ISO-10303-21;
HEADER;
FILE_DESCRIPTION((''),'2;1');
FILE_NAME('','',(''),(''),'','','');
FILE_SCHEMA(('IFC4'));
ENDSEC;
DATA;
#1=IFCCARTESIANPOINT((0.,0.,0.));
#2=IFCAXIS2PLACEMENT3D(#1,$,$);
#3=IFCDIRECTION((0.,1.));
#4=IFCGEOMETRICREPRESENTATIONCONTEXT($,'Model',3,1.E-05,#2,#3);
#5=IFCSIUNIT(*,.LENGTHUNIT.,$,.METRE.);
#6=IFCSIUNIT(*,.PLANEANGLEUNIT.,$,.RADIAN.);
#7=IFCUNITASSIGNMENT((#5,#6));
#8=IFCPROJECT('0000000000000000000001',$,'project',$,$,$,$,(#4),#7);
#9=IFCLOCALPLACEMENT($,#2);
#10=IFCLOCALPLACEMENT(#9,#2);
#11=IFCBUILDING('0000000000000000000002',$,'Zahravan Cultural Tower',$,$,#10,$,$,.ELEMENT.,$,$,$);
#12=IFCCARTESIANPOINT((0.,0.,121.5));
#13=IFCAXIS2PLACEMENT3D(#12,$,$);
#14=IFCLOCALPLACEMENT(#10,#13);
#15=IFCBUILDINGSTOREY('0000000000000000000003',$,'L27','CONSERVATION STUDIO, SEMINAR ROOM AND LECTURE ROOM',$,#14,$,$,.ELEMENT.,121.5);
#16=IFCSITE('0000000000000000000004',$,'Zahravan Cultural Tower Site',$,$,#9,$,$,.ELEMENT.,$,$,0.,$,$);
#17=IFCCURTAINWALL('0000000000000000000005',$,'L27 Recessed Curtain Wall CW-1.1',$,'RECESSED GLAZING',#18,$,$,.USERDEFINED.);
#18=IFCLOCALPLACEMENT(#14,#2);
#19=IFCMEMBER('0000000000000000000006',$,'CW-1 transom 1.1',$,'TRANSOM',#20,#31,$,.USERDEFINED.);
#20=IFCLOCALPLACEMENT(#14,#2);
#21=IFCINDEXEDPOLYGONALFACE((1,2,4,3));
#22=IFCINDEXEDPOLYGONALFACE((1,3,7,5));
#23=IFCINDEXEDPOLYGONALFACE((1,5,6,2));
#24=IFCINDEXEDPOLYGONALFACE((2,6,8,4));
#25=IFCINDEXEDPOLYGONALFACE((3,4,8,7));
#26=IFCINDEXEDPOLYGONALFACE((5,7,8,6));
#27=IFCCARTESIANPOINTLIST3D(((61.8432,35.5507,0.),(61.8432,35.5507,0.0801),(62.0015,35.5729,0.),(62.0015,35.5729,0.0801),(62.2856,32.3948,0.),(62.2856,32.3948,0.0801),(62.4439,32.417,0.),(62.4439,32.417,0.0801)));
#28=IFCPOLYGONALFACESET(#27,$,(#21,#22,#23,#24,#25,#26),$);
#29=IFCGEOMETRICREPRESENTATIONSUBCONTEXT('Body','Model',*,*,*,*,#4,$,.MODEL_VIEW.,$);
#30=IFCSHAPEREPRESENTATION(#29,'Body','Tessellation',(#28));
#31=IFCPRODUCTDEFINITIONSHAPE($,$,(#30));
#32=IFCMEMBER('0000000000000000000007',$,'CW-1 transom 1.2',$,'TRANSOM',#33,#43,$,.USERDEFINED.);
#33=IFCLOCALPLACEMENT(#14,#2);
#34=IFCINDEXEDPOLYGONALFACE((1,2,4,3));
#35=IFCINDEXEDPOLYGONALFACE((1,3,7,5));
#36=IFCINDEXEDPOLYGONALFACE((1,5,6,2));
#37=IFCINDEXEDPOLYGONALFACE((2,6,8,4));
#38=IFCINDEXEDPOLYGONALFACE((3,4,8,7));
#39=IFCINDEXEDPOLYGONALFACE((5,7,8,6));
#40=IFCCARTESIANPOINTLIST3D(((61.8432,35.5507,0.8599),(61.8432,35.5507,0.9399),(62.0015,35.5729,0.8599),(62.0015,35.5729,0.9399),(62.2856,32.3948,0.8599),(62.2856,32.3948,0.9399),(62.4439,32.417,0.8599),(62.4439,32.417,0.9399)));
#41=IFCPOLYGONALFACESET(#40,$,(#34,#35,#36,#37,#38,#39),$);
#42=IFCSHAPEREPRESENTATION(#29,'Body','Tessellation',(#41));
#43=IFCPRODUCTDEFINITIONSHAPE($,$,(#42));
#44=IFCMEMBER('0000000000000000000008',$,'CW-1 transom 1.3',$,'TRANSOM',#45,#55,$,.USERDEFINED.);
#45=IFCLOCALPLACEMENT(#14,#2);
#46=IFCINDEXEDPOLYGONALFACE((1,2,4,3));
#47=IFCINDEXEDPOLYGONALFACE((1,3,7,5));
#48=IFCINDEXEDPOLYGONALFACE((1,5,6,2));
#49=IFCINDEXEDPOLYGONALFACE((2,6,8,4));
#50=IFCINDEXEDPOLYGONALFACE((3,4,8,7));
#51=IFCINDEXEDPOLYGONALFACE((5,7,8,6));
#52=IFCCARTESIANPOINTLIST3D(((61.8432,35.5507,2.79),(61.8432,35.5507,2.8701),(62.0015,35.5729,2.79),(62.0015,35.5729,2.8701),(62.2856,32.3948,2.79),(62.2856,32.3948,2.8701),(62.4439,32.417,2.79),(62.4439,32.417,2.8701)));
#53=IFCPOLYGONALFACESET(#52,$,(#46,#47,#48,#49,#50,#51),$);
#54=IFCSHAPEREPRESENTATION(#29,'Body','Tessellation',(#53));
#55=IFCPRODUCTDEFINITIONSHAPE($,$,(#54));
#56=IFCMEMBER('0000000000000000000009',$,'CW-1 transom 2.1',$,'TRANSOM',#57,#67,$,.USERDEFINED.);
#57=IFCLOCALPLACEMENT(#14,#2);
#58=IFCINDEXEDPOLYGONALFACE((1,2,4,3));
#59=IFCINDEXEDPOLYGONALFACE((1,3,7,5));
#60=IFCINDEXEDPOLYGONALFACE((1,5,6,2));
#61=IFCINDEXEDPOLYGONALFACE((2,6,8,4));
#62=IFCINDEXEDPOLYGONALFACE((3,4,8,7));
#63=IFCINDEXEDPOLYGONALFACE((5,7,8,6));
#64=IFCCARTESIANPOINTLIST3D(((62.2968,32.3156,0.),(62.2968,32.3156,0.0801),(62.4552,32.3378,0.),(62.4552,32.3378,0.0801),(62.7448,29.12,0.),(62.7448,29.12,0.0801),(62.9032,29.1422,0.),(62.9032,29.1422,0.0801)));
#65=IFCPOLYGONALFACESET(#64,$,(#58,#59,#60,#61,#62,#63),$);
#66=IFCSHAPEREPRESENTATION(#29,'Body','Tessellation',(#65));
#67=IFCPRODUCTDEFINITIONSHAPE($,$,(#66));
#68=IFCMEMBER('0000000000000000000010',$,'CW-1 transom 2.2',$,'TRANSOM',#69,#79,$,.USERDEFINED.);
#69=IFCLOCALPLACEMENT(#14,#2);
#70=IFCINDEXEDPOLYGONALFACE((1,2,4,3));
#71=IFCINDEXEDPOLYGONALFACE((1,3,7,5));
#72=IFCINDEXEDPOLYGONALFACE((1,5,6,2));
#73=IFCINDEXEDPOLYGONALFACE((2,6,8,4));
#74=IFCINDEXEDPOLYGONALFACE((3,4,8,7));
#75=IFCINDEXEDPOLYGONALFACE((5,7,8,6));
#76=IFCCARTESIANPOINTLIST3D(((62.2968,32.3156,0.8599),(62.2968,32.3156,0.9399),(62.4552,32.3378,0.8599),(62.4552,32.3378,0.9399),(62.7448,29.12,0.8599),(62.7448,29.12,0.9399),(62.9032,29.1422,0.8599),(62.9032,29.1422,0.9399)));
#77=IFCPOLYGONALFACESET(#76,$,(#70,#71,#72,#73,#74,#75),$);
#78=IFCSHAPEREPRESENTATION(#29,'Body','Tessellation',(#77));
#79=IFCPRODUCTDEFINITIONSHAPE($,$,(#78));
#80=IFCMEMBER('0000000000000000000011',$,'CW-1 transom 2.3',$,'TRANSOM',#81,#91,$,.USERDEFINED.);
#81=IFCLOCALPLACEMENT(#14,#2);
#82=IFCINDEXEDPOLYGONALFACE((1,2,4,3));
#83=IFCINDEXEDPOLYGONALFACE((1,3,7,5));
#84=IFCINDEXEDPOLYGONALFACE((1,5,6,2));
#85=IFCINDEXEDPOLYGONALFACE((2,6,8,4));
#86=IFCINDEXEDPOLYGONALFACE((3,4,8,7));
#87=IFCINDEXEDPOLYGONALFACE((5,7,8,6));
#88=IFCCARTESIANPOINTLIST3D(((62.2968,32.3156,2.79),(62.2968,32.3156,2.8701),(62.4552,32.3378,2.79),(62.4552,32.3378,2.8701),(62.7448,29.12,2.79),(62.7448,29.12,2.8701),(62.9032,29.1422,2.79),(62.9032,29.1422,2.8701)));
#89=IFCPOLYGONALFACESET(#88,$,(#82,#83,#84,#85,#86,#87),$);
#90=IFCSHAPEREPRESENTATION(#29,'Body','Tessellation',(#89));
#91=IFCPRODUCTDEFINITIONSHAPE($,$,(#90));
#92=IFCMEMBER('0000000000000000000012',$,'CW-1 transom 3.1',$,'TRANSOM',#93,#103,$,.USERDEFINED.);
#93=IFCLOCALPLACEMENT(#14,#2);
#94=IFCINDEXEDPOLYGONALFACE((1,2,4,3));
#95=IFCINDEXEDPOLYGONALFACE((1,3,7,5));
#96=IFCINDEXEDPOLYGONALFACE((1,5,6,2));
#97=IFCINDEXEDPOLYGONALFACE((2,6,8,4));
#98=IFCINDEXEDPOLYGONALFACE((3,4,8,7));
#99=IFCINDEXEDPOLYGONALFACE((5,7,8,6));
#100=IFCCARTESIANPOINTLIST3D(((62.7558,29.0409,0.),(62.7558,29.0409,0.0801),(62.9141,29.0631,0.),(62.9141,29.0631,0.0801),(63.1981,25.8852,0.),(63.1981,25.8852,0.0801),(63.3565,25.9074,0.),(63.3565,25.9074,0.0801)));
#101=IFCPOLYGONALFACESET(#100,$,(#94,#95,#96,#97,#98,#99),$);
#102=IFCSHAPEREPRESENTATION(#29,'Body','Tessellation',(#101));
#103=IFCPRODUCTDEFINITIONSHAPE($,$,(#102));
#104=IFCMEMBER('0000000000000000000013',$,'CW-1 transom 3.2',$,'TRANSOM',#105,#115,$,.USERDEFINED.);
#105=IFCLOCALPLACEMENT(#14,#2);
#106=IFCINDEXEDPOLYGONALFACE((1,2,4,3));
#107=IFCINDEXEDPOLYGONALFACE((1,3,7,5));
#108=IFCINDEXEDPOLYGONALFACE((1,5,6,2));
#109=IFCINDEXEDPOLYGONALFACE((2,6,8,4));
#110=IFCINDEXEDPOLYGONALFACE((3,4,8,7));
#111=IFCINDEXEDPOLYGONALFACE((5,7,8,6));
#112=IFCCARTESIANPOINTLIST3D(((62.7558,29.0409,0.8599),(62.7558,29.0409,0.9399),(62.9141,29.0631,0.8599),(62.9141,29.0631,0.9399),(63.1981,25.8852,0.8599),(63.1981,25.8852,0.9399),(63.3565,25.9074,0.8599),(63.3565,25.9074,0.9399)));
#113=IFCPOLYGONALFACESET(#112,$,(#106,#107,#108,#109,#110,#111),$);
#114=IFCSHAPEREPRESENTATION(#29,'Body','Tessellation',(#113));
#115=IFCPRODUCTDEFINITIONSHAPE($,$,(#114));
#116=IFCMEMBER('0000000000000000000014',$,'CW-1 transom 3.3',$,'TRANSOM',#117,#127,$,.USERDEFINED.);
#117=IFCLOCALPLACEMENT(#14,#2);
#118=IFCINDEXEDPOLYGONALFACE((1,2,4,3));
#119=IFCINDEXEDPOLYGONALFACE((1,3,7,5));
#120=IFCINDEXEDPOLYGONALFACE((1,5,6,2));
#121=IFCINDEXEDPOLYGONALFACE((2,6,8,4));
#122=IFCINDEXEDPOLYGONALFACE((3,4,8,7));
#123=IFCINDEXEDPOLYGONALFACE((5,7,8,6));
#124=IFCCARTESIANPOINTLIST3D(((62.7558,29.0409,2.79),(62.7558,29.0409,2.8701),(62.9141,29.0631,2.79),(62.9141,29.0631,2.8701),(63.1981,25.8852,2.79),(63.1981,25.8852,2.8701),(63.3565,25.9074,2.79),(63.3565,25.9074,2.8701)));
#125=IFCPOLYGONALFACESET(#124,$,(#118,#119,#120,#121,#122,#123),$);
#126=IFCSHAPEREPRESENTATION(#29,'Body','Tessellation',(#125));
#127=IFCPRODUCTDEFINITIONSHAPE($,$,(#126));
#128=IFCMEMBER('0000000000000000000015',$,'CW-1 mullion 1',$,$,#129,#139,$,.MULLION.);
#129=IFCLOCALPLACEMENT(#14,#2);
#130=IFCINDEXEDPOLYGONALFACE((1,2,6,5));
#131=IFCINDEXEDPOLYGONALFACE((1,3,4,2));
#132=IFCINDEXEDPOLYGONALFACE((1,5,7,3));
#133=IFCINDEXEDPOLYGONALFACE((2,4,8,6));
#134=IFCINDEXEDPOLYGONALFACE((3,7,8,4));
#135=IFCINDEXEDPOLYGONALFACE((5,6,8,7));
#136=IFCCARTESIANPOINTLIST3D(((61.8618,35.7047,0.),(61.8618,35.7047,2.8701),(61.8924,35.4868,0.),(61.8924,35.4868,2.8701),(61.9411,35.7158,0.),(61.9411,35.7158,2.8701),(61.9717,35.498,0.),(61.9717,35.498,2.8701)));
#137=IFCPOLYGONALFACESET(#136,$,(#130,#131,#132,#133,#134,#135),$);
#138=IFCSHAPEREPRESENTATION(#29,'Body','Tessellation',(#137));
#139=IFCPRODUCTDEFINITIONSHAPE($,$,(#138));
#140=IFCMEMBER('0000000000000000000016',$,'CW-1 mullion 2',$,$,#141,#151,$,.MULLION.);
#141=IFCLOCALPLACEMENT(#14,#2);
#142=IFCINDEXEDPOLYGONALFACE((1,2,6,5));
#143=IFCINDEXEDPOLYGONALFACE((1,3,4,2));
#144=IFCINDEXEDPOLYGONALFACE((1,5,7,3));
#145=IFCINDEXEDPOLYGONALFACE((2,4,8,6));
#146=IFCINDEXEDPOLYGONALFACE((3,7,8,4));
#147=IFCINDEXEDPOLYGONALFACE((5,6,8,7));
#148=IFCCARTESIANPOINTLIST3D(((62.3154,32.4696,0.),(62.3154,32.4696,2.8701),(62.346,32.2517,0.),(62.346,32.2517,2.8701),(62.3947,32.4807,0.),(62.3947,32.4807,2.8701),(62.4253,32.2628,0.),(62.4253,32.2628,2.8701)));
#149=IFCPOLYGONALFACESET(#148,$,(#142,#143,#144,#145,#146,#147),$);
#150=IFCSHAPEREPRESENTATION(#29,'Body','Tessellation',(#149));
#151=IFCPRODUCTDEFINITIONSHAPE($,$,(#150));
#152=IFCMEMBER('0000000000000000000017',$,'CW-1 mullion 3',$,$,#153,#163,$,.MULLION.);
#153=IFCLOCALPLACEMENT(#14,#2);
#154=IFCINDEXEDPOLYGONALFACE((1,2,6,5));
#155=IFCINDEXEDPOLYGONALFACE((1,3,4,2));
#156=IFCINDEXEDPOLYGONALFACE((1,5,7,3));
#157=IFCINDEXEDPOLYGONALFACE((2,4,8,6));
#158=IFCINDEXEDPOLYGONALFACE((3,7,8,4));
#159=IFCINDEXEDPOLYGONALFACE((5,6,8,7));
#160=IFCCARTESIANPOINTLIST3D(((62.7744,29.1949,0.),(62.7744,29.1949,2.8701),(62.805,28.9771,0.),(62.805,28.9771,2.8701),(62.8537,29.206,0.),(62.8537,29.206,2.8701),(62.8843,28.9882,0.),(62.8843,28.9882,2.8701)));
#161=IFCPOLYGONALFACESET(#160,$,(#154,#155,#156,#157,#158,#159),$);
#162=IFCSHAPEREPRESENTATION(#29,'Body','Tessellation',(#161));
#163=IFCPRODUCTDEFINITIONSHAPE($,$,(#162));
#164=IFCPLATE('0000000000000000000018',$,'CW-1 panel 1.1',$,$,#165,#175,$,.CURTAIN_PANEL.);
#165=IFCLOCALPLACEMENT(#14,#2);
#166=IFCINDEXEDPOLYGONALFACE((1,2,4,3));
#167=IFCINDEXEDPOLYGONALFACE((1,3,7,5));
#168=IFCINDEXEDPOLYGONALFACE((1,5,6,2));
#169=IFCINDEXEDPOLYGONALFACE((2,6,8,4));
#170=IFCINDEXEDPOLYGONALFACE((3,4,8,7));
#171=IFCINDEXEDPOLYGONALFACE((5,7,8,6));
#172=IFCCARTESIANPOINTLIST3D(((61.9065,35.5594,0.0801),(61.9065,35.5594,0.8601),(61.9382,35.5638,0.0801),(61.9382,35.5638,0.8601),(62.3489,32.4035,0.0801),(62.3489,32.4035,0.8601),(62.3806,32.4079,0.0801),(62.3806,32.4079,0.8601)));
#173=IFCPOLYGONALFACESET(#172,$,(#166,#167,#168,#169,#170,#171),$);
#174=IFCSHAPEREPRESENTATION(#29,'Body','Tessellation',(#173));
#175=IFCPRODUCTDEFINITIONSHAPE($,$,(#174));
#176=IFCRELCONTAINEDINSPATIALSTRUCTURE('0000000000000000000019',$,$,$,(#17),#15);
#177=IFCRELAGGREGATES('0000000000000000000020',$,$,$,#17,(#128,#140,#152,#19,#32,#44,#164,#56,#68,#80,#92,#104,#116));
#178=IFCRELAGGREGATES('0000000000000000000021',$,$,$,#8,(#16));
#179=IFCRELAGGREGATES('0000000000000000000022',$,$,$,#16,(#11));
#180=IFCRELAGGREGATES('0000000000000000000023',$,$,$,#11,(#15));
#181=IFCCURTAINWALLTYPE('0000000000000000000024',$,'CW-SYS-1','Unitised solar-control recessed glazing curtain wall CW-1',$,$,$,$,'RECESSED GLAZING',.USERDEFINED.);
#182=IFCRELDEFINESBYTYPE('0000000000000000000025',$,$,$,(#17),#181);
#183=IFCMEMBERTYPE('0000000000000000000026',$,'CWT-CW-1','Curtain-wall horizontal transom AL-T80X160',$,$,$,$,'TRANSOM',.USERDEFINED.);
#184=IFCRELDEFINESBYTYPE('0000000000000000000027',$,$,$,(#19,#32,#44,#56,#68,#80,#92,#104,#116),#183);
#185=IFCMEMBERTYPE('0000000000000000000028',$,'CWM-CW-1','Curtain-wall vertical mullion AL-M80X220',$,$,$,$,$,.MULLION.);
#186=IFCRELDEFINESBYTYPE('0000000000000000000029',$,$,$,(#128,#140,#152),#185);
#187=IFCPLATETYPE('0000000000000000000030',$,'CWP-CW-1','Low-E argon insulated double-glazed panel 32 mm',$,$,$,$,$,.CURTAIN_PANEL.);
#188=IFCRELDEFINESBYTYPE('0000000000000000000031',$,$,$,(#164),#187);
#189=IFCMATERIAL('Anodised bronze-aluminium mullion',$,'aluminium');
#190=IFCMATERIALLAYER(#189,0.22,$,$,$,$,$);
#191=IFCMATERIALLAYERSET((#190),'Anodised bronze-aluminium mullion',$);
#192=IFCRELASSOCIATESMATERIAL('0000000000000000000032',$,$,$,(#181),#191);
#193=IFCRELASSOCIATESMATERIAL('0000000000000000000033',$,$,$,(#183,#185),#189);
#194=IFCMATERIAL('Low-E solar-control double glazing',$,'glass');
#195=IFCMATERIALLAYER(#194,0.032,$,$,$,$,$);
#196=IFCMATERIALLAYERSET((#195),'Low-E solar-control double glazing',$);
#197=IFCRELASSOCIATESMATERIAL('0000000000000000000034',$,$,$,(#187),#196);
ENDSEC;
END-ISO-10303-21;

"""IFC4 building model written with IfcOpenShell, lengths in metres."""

from ifc_helpers import new_model, si_unit, direction, frame, origin, origin_2d, place, context, subcontext, project, spatial, rectangle, extrude, source, transform, mapped, material, layer, layer_set, material_profile, profile_set, type_object, element, aggregate, save


model = new_model("IFC4")

# Units and contexts
model_context = context("Model", 3, precision=1e-05, world=origin(), true_north=direction((0.0, 1.0)))
body_context = subcontext(model_context, "Body", "Model", "MODEL_VIEW")
ifc_project = project(units=[si_unit("LENGTHUNIT", "METRE"), si_unit("PLANEANGLEUNIT", "RADIAN")], contexts=[model_context])

# Site, building, storey
site_placement = place(None, origin())
site = spatial("IfcSite", under=ifc_project, at=site_placement, Name="Zahravan Cultural Tower Site", CompositionType="ELEMENT", RefElevation=0.0)
building_placement = place(site_placement, origin())
building = spatial("IfcBuilding", under=site, at=building_placement, Name="Zahravan Cultural Tower", CompositionType="ELEMENT")
storey_placement = place(building_placement, frame((0.0, 0.0, 121.5)))
storey = spatial("IfcBuildingStorey", under=building, at=storey_placement, Name="L27", Description="CONSERVATION STUDIO, SEMINAR ROOM AND LECTURE ROOM", CompositionType="ELEMENT", Elevation=121.5)

# Curtain wall, members, plate
ifc_material_1 = material(Name="Anodised bronze-aluminium mullion", Category="aluminium")
ifc_layer_1 = layer(ifc_material_1, 0.22)
ifc_layer_set_1 = layer_set([ifc_layer_1], Name="Anodised bronze-aluminium mullion")
curtain_wall_type = type_object("IfcCurtainWallType", Name="CW-SYS-1", Description="Unitised solar-control recessed glazing curtain wall CW-1", ElementType="RECESSED GLAZING", PredefinedType="USERDEFINED", material=ifc_layer_set_1)
curtain_wall_placement = place(storey_placement, origin())
curtain_wall = element("IfcCurtainWall", 1, at=curtain_wall_placement, inside=storey, type_object=curtain_wall_type, Name="L27 Recessed Curtain Wall CW-1.1", ObjectType="RECESSED GLAZING", PredefinedType="USERDEFINED")
ifc_material_profile_1 = material_profile(ifc_material_1, rectangle(XDim=0.1599, YDim=0.0801, at=origin_2d()), Name="AL-T80X160")
ifc_profile_set_1 = profile_set([ifc_material_profile_1], Name="Anodised bronze-aluminium mullion")
member_type_1 = type_object("IfcMemberType", Name="CWT-CW-1", Description="Curtain-wall horizontal transom AL-T80X160", ElementType="TRANSOM", PredefinedType="USERDEFINED", material=ifc_profile_set_1)
shared_shape_1 = source(origin(), body_context, "Body", "SweptSolid", [
    extrude(rectangle(XDim=0.1599, YDim=0.0801, at=origin_2d()), origin(), (0.0, 0.0, 1.0), 3.1868),
])
member_1_placement = place(storey_placement, frame((61.9224, 35.5618, 0.04), z_axis=(0.138815, -0.990318, 0.0), x_axis=(0.990318, 0.138815, 0.0)))
member_1 = element("IfcMember", 2, at=member_1_placement, type_object=member_type_1, Name="CW-1 transom 1.1", ObjectType="TRANSOM", PredefinedType="USERDEFINED", context=body_context, shape_type="MappedRepresentation", body=[
    mapped(shared_shape_1, transform((0.0, 0.0, 0.0), x_axis=(1.0, 0.0, 0.0), y_axis=(0.0, 1.0, 0.0), z_axis=(0.0, 0.0, 1.0), scale=1.0)),
])
member_2_placement = place(storey_placement, frame((61.9224, 35.5618, 0.8999), z_axis=(0.138815, -0.990318, 0.0), x_axis=(0.990318, 0.138815, 0.0)))
member_2 = element("IfcMember", 3, at=member_2_placement, type_object=member_type_1, Name="CW-1 transom 1.2", ObjectType="TRANSOM", PredefinedType="USERDEFINED", context=body_context, shape_type="MappedRepresentation", body=[
    mapped(shared_shape_1, transform((0.0, 0.0, 0.0), x_axis=(1.0, 0.0, 0.0), y_axis=(0.0, 1.0, 0.0), z_axis=(0.0, 0.0, 1.0), scale=1.0)),
])
member_3_placement = place(storey_placement, frame((61.9224, 35.5618, 2.8301), z_axis=(0.138815, -0.990318, 0.0), x_axis=(0.990318, 0.138815, 0.0)))
member_3 = element("IfcMember", 4, at=member_3_placement, type_object=member_type_1, Name="CW-1 transom 1.3", ObjectType="TRANSOM", PredefinedType="USERDEFINED", context=body_context, shape_type="MappedRepresentation", body=[
    mapped(shared_shape_1, transform((0.0, 0.0, 0.0), x_axis=(1.0, 0.0, 0.0), y_axis=(0.0, 1.0, 0.0), z_axis=(0.0, 0.0, 1.0), scale=1.0)),
])
shared_shape_2 = source(origin(), body_context, "Body", "SweptSolid", [
    extrude(rectangle(XDim=0.1599, YDim=0.0801, at=origin_2d()), origin(), (0.0, 0.0, 1.0), 3.2268),
])
member_4_placement = place(storey_placement, frame((62.376, 32.3267, 0.04), z_axis=(0.138836, -0.990315, 0.0), x_axis=(0.990315, 0.138836, 0.0)))
member_4 = element("IfcMember", 5, at=member_4_placement, type_object=member_type_1, Name="CW-1 transom 2.1", ObjectType="TRANSOM", PredefinedType="USERDEFINED", context=body_context, shape_type="MappedRepresentation", body=[
    mapped(shared_shape_2, transform((0.0, 0.0, 0.0), x_axis=(1.0, 0.0, 0.0), y_axis=(0.0, 1.0, 0.0), z_axis=(0.0, 0.0, 1.0), scale=1.0)),
])
member_5_placement = place(storey_placement, frame((62.376, 32.3267, 0.8999), z_axis=(0.138836, -0.990315, 0.0), x_axis=(0.990315, 0.138836, 0.0)))
member_5 = element("IfcMember", 6, at=member_5_placement, type_object=member_type_1, Name="CW-1 transom 2.2", ObjectType="TRANSOM", PredefinedType="USERDEFINED", context=body_context, shape_type="MappedRepresentation", body=[
    mapped(shared_shape_2, transform((0.0, 0.0, 0.0), x_axis=(1.0, 0.0, 0.0), y_axis=(0.0, 1.0, 0.0), z_axis=(0.0, 0.0, 1.0), scale=1.0)),
])
member_6_placement = place(storey_placement, frame((62.376, 32.3267, 2.8301), z_axis=(0.138836, -0.990315, 0.0), x_axis=(0.990315, 0.138836, 0.0)))
member_6 = element("IfcMember", 7, at=member_6_placement, type_object=member_type_1, Name="CW-1 transom 2.3", ObjectType="TRANSOM", PredefinedType="USERDEFINED", context=body_context, shape_type="MappedRepresentation", body=[
    mapped(shared_shape_2, transform((0.0, 0.0, 0.0), x_axis=(1.0, 0.0, 0.0), y_axis=(0.0, 1.0, 0.0), z_axis=(0.0, 0.0, 1.0), scale=1.0)),
])
shared_shape_3 = source(origin(), body_context, "Body", "SweptSolid", [
    extrude(rectangle(XDim=0.1599, YDim=0.0801, at=origin_2d()), origin(), (0.0, 0.0, 1.0), 3.1865),
])
member_7_placement = place(storey_placement, frame((62.835, 29.052, 0.04), z_axis=(0.138825, -0.990317, 0.0), x_axis=(0.990317, 0.138825, 0.0)))
member_7 = element("IfcMember", 8, at=member_7_placement, type_object=member_type_1, Name="CW-1 transom 3.1", ObjectType="TRANSOM", PredefinedType="USERDEFINED", context=body_context, shape_type="MappedRepresentation", body=[
    mapped(shared_shape_3, transform((0.0, 0.0, 0.0), x_axis=(1.0, 0.0, 0.0), y_axis=(0.0, 1.0, 0.0), z_axis=(0.0, 0.0, 1.0), scale=1.0)),
])
member_8_placement = place(storey_placement, frame((62.835, 29.052, 0.8999), z_axis=(0.138825, -0.990317, 0.0), x_axis=(0.990317, 0.138825, 0.0)))
member_8 = element("IfcMember", 9, at=member_8_placement, type_object=member_type_1, Name="CW-1 transom 3.2", ObjectType="TRANSOM", PredefinedType="USERDEFINED", context=body_context, shape_type="MappedRepresentation", body=[
    mapped(shared_shape_3, transform((0.0, 0.0, 0.0), x_axis=(1.0, 0.0, 0.0), y_axis=(0.0, 1.0, 0.0), z_axis=(0.0, 0.0, 1.0), scale=1.0)),
])
member_9_placement = place(storey_placement, frame((62.835, 29.052, 2.8301), z_axis=(0.138825, -0.990317, 0.0), x_axis=(0.990317, 0.138825, 0.0)))
member_9 = element("IfcMember", 10, at=member_9_placement, type_object=member_type_1, Name="CW-1 transom 3.3", ObjectType="TRANSOM", PredefinedType="USERDEFINED", context=body_context, shape_type="MappedRepresentation", body=[
    mapped(shared_shape_3, transform((0.0, 0.0, 0.0), x_axis=(1.0, 0.0, 0.0), y_axis=(0.0, 1.0, 0.0), z_axis=(0.0, 0.0, 1.0), scale=1.0)),
])
ifc_material_profile_2 = material_profile(ifc_material_1, rectangle(XDim=0.0801, YDim=0.22, at=origin_2d()), Name="AL-M80X220")
ifc_profile_set_2 = profile_set([ifc_material_profile_2], Name="Anodised bronze-aluminium mullion")
member_type_2 = type_object("IfcMemberType", Name="CWM-CW-1", Description="Curtain-wall vertical mullion AL-M80X220", PredefinedType="MULLION", material=ifc_profile_set_2)
shared_shape_4 = source(origin(), body_context, "Body", "SweptSolid", [
    extrude(rectangle(XDim=0.0801, YDim=0.22, at=origin_2d()), origin(), (0.0, 0.0, 1.0), 2.8701),
])
member_10_placement = place(storey_placement, frame((61.9167, 35.6013, 0.0), z_axis=(0.0, 0.0, 1.0), x_axis=(0.990316, 0.13883, 0.0)))
member_10 = element("IfcMember", 11, at=member_10_placement, type_object=member_type_2, Name="CW-1 mullion 1", PredefinedType="MULLION", context=body_context, shape_type="MappedRepresentation", body=[
    mapped(shared_shape_4, transform((0.0, 0.0, 0.0), x_axis=(1.0, 0.0, 0.0), y_axis=(0.0, 1.0, 0.0), z_axis=(0.0, 0.0, 1.0), scale=1.0)),
])
member_11_placement = place(storey_placement, frame((62.3704, 32.3662, 0.0), z_axis=(0.0, 0.0, 1.0), x_axis=(0.990316, 0.13883, 0.0)))
member_11 = element("IfcMember", 12, at=member_11_placement, type_object=member_type_2, Name="CW-1 mullion 2", PredefinedType="MULLION", context=body_context, shape_type="MappedRepresentation", body=[
    mapped(shared_shape_4, transform((0.0, 0.0, 0.0), x_axis=(1.0, 0.0, 0.0), y_axis=(0.0, 1.0, 0.0), z_axis=(0.0, 0.0, 1.0), scale=1.0)),
])
member_12_placement = place(storey_placement, frame((62.8293, 29.0916, 0.0), z_axis=(0.0, 0.0, 1.0), x_axis=(0.990316, 0.13883, 0.0)))
member_12 = element("IfcMember", 13, at=member_12_placement, type_object=member_type_2, Name="CW-1 mullion 3", PredefinedType="MULLION", context=body_context, shape_type="MappedRepresentation", body=[
    mapped(shared_shape_4, transform((0.0, 0.0, 0.0), x_axis=(1.0, 0.0, 0.0), y_axis=(0.0, 1.0, 0.0), z_axis=(0.0, 0.0, 1.0), scale=1.0)),
])
ifc_material_2 = material(Name="Low-E solar-control double glazing", Category="glass")
ifc_layer_2 = layer(ifc_material_2, 0.032)
ifc_layer_set_2 = layer_set([ifc_layer_2], Name="Low-E solar-control double glazing")
plate_type = type_object("IfcPlateType", Name="CWP-CW-1", Description="Low-E argon insulated double-glazed panel 32 mm", PredefinedType="CURTAIN_PANEL", material=ifc_layer_set_2)
shared_shape_5 = source(origin(), body_context, "Body", "SweptSolid", [
    extrude(rectangle(XDim=3.1868, YDim=0.032, at=origin_2d()), origin(), (0.0, 0.0, 1.0), 0.78),
])
plate_1_placement = place(storey_placement, frame((62.1436, 33.9836, 0.0801), z_axis=(0.0, 0.0, 1.0), x_axis=(0.13883, -0.990316, 0.0)))
plate_1 = element("IfcPlate", 14, at=plate_1_placement, type_object=plate_type, Name="CW-1 panel 1.1", PredefinedType="CURTAIN_PANEL", context=body_context, shape_type="MappedRepresentation", body=[
    mapped(shared_shape_5, transform((0.0, 0.0, 0.0), x_axis=(1.0, 0.0, 0.0), y_axis=(0.0, 1.0, 0.0), z_axis=(0.0, 0.0, 1.0), scale=1.0)),
])
aggregate(curtain_wall, [member_10, member_11, member_12, member_1, member_2, member_3, plate_1, member_4, member_5, member_6, member_7, member_8, member_9])

save(model, "model.ifc")
